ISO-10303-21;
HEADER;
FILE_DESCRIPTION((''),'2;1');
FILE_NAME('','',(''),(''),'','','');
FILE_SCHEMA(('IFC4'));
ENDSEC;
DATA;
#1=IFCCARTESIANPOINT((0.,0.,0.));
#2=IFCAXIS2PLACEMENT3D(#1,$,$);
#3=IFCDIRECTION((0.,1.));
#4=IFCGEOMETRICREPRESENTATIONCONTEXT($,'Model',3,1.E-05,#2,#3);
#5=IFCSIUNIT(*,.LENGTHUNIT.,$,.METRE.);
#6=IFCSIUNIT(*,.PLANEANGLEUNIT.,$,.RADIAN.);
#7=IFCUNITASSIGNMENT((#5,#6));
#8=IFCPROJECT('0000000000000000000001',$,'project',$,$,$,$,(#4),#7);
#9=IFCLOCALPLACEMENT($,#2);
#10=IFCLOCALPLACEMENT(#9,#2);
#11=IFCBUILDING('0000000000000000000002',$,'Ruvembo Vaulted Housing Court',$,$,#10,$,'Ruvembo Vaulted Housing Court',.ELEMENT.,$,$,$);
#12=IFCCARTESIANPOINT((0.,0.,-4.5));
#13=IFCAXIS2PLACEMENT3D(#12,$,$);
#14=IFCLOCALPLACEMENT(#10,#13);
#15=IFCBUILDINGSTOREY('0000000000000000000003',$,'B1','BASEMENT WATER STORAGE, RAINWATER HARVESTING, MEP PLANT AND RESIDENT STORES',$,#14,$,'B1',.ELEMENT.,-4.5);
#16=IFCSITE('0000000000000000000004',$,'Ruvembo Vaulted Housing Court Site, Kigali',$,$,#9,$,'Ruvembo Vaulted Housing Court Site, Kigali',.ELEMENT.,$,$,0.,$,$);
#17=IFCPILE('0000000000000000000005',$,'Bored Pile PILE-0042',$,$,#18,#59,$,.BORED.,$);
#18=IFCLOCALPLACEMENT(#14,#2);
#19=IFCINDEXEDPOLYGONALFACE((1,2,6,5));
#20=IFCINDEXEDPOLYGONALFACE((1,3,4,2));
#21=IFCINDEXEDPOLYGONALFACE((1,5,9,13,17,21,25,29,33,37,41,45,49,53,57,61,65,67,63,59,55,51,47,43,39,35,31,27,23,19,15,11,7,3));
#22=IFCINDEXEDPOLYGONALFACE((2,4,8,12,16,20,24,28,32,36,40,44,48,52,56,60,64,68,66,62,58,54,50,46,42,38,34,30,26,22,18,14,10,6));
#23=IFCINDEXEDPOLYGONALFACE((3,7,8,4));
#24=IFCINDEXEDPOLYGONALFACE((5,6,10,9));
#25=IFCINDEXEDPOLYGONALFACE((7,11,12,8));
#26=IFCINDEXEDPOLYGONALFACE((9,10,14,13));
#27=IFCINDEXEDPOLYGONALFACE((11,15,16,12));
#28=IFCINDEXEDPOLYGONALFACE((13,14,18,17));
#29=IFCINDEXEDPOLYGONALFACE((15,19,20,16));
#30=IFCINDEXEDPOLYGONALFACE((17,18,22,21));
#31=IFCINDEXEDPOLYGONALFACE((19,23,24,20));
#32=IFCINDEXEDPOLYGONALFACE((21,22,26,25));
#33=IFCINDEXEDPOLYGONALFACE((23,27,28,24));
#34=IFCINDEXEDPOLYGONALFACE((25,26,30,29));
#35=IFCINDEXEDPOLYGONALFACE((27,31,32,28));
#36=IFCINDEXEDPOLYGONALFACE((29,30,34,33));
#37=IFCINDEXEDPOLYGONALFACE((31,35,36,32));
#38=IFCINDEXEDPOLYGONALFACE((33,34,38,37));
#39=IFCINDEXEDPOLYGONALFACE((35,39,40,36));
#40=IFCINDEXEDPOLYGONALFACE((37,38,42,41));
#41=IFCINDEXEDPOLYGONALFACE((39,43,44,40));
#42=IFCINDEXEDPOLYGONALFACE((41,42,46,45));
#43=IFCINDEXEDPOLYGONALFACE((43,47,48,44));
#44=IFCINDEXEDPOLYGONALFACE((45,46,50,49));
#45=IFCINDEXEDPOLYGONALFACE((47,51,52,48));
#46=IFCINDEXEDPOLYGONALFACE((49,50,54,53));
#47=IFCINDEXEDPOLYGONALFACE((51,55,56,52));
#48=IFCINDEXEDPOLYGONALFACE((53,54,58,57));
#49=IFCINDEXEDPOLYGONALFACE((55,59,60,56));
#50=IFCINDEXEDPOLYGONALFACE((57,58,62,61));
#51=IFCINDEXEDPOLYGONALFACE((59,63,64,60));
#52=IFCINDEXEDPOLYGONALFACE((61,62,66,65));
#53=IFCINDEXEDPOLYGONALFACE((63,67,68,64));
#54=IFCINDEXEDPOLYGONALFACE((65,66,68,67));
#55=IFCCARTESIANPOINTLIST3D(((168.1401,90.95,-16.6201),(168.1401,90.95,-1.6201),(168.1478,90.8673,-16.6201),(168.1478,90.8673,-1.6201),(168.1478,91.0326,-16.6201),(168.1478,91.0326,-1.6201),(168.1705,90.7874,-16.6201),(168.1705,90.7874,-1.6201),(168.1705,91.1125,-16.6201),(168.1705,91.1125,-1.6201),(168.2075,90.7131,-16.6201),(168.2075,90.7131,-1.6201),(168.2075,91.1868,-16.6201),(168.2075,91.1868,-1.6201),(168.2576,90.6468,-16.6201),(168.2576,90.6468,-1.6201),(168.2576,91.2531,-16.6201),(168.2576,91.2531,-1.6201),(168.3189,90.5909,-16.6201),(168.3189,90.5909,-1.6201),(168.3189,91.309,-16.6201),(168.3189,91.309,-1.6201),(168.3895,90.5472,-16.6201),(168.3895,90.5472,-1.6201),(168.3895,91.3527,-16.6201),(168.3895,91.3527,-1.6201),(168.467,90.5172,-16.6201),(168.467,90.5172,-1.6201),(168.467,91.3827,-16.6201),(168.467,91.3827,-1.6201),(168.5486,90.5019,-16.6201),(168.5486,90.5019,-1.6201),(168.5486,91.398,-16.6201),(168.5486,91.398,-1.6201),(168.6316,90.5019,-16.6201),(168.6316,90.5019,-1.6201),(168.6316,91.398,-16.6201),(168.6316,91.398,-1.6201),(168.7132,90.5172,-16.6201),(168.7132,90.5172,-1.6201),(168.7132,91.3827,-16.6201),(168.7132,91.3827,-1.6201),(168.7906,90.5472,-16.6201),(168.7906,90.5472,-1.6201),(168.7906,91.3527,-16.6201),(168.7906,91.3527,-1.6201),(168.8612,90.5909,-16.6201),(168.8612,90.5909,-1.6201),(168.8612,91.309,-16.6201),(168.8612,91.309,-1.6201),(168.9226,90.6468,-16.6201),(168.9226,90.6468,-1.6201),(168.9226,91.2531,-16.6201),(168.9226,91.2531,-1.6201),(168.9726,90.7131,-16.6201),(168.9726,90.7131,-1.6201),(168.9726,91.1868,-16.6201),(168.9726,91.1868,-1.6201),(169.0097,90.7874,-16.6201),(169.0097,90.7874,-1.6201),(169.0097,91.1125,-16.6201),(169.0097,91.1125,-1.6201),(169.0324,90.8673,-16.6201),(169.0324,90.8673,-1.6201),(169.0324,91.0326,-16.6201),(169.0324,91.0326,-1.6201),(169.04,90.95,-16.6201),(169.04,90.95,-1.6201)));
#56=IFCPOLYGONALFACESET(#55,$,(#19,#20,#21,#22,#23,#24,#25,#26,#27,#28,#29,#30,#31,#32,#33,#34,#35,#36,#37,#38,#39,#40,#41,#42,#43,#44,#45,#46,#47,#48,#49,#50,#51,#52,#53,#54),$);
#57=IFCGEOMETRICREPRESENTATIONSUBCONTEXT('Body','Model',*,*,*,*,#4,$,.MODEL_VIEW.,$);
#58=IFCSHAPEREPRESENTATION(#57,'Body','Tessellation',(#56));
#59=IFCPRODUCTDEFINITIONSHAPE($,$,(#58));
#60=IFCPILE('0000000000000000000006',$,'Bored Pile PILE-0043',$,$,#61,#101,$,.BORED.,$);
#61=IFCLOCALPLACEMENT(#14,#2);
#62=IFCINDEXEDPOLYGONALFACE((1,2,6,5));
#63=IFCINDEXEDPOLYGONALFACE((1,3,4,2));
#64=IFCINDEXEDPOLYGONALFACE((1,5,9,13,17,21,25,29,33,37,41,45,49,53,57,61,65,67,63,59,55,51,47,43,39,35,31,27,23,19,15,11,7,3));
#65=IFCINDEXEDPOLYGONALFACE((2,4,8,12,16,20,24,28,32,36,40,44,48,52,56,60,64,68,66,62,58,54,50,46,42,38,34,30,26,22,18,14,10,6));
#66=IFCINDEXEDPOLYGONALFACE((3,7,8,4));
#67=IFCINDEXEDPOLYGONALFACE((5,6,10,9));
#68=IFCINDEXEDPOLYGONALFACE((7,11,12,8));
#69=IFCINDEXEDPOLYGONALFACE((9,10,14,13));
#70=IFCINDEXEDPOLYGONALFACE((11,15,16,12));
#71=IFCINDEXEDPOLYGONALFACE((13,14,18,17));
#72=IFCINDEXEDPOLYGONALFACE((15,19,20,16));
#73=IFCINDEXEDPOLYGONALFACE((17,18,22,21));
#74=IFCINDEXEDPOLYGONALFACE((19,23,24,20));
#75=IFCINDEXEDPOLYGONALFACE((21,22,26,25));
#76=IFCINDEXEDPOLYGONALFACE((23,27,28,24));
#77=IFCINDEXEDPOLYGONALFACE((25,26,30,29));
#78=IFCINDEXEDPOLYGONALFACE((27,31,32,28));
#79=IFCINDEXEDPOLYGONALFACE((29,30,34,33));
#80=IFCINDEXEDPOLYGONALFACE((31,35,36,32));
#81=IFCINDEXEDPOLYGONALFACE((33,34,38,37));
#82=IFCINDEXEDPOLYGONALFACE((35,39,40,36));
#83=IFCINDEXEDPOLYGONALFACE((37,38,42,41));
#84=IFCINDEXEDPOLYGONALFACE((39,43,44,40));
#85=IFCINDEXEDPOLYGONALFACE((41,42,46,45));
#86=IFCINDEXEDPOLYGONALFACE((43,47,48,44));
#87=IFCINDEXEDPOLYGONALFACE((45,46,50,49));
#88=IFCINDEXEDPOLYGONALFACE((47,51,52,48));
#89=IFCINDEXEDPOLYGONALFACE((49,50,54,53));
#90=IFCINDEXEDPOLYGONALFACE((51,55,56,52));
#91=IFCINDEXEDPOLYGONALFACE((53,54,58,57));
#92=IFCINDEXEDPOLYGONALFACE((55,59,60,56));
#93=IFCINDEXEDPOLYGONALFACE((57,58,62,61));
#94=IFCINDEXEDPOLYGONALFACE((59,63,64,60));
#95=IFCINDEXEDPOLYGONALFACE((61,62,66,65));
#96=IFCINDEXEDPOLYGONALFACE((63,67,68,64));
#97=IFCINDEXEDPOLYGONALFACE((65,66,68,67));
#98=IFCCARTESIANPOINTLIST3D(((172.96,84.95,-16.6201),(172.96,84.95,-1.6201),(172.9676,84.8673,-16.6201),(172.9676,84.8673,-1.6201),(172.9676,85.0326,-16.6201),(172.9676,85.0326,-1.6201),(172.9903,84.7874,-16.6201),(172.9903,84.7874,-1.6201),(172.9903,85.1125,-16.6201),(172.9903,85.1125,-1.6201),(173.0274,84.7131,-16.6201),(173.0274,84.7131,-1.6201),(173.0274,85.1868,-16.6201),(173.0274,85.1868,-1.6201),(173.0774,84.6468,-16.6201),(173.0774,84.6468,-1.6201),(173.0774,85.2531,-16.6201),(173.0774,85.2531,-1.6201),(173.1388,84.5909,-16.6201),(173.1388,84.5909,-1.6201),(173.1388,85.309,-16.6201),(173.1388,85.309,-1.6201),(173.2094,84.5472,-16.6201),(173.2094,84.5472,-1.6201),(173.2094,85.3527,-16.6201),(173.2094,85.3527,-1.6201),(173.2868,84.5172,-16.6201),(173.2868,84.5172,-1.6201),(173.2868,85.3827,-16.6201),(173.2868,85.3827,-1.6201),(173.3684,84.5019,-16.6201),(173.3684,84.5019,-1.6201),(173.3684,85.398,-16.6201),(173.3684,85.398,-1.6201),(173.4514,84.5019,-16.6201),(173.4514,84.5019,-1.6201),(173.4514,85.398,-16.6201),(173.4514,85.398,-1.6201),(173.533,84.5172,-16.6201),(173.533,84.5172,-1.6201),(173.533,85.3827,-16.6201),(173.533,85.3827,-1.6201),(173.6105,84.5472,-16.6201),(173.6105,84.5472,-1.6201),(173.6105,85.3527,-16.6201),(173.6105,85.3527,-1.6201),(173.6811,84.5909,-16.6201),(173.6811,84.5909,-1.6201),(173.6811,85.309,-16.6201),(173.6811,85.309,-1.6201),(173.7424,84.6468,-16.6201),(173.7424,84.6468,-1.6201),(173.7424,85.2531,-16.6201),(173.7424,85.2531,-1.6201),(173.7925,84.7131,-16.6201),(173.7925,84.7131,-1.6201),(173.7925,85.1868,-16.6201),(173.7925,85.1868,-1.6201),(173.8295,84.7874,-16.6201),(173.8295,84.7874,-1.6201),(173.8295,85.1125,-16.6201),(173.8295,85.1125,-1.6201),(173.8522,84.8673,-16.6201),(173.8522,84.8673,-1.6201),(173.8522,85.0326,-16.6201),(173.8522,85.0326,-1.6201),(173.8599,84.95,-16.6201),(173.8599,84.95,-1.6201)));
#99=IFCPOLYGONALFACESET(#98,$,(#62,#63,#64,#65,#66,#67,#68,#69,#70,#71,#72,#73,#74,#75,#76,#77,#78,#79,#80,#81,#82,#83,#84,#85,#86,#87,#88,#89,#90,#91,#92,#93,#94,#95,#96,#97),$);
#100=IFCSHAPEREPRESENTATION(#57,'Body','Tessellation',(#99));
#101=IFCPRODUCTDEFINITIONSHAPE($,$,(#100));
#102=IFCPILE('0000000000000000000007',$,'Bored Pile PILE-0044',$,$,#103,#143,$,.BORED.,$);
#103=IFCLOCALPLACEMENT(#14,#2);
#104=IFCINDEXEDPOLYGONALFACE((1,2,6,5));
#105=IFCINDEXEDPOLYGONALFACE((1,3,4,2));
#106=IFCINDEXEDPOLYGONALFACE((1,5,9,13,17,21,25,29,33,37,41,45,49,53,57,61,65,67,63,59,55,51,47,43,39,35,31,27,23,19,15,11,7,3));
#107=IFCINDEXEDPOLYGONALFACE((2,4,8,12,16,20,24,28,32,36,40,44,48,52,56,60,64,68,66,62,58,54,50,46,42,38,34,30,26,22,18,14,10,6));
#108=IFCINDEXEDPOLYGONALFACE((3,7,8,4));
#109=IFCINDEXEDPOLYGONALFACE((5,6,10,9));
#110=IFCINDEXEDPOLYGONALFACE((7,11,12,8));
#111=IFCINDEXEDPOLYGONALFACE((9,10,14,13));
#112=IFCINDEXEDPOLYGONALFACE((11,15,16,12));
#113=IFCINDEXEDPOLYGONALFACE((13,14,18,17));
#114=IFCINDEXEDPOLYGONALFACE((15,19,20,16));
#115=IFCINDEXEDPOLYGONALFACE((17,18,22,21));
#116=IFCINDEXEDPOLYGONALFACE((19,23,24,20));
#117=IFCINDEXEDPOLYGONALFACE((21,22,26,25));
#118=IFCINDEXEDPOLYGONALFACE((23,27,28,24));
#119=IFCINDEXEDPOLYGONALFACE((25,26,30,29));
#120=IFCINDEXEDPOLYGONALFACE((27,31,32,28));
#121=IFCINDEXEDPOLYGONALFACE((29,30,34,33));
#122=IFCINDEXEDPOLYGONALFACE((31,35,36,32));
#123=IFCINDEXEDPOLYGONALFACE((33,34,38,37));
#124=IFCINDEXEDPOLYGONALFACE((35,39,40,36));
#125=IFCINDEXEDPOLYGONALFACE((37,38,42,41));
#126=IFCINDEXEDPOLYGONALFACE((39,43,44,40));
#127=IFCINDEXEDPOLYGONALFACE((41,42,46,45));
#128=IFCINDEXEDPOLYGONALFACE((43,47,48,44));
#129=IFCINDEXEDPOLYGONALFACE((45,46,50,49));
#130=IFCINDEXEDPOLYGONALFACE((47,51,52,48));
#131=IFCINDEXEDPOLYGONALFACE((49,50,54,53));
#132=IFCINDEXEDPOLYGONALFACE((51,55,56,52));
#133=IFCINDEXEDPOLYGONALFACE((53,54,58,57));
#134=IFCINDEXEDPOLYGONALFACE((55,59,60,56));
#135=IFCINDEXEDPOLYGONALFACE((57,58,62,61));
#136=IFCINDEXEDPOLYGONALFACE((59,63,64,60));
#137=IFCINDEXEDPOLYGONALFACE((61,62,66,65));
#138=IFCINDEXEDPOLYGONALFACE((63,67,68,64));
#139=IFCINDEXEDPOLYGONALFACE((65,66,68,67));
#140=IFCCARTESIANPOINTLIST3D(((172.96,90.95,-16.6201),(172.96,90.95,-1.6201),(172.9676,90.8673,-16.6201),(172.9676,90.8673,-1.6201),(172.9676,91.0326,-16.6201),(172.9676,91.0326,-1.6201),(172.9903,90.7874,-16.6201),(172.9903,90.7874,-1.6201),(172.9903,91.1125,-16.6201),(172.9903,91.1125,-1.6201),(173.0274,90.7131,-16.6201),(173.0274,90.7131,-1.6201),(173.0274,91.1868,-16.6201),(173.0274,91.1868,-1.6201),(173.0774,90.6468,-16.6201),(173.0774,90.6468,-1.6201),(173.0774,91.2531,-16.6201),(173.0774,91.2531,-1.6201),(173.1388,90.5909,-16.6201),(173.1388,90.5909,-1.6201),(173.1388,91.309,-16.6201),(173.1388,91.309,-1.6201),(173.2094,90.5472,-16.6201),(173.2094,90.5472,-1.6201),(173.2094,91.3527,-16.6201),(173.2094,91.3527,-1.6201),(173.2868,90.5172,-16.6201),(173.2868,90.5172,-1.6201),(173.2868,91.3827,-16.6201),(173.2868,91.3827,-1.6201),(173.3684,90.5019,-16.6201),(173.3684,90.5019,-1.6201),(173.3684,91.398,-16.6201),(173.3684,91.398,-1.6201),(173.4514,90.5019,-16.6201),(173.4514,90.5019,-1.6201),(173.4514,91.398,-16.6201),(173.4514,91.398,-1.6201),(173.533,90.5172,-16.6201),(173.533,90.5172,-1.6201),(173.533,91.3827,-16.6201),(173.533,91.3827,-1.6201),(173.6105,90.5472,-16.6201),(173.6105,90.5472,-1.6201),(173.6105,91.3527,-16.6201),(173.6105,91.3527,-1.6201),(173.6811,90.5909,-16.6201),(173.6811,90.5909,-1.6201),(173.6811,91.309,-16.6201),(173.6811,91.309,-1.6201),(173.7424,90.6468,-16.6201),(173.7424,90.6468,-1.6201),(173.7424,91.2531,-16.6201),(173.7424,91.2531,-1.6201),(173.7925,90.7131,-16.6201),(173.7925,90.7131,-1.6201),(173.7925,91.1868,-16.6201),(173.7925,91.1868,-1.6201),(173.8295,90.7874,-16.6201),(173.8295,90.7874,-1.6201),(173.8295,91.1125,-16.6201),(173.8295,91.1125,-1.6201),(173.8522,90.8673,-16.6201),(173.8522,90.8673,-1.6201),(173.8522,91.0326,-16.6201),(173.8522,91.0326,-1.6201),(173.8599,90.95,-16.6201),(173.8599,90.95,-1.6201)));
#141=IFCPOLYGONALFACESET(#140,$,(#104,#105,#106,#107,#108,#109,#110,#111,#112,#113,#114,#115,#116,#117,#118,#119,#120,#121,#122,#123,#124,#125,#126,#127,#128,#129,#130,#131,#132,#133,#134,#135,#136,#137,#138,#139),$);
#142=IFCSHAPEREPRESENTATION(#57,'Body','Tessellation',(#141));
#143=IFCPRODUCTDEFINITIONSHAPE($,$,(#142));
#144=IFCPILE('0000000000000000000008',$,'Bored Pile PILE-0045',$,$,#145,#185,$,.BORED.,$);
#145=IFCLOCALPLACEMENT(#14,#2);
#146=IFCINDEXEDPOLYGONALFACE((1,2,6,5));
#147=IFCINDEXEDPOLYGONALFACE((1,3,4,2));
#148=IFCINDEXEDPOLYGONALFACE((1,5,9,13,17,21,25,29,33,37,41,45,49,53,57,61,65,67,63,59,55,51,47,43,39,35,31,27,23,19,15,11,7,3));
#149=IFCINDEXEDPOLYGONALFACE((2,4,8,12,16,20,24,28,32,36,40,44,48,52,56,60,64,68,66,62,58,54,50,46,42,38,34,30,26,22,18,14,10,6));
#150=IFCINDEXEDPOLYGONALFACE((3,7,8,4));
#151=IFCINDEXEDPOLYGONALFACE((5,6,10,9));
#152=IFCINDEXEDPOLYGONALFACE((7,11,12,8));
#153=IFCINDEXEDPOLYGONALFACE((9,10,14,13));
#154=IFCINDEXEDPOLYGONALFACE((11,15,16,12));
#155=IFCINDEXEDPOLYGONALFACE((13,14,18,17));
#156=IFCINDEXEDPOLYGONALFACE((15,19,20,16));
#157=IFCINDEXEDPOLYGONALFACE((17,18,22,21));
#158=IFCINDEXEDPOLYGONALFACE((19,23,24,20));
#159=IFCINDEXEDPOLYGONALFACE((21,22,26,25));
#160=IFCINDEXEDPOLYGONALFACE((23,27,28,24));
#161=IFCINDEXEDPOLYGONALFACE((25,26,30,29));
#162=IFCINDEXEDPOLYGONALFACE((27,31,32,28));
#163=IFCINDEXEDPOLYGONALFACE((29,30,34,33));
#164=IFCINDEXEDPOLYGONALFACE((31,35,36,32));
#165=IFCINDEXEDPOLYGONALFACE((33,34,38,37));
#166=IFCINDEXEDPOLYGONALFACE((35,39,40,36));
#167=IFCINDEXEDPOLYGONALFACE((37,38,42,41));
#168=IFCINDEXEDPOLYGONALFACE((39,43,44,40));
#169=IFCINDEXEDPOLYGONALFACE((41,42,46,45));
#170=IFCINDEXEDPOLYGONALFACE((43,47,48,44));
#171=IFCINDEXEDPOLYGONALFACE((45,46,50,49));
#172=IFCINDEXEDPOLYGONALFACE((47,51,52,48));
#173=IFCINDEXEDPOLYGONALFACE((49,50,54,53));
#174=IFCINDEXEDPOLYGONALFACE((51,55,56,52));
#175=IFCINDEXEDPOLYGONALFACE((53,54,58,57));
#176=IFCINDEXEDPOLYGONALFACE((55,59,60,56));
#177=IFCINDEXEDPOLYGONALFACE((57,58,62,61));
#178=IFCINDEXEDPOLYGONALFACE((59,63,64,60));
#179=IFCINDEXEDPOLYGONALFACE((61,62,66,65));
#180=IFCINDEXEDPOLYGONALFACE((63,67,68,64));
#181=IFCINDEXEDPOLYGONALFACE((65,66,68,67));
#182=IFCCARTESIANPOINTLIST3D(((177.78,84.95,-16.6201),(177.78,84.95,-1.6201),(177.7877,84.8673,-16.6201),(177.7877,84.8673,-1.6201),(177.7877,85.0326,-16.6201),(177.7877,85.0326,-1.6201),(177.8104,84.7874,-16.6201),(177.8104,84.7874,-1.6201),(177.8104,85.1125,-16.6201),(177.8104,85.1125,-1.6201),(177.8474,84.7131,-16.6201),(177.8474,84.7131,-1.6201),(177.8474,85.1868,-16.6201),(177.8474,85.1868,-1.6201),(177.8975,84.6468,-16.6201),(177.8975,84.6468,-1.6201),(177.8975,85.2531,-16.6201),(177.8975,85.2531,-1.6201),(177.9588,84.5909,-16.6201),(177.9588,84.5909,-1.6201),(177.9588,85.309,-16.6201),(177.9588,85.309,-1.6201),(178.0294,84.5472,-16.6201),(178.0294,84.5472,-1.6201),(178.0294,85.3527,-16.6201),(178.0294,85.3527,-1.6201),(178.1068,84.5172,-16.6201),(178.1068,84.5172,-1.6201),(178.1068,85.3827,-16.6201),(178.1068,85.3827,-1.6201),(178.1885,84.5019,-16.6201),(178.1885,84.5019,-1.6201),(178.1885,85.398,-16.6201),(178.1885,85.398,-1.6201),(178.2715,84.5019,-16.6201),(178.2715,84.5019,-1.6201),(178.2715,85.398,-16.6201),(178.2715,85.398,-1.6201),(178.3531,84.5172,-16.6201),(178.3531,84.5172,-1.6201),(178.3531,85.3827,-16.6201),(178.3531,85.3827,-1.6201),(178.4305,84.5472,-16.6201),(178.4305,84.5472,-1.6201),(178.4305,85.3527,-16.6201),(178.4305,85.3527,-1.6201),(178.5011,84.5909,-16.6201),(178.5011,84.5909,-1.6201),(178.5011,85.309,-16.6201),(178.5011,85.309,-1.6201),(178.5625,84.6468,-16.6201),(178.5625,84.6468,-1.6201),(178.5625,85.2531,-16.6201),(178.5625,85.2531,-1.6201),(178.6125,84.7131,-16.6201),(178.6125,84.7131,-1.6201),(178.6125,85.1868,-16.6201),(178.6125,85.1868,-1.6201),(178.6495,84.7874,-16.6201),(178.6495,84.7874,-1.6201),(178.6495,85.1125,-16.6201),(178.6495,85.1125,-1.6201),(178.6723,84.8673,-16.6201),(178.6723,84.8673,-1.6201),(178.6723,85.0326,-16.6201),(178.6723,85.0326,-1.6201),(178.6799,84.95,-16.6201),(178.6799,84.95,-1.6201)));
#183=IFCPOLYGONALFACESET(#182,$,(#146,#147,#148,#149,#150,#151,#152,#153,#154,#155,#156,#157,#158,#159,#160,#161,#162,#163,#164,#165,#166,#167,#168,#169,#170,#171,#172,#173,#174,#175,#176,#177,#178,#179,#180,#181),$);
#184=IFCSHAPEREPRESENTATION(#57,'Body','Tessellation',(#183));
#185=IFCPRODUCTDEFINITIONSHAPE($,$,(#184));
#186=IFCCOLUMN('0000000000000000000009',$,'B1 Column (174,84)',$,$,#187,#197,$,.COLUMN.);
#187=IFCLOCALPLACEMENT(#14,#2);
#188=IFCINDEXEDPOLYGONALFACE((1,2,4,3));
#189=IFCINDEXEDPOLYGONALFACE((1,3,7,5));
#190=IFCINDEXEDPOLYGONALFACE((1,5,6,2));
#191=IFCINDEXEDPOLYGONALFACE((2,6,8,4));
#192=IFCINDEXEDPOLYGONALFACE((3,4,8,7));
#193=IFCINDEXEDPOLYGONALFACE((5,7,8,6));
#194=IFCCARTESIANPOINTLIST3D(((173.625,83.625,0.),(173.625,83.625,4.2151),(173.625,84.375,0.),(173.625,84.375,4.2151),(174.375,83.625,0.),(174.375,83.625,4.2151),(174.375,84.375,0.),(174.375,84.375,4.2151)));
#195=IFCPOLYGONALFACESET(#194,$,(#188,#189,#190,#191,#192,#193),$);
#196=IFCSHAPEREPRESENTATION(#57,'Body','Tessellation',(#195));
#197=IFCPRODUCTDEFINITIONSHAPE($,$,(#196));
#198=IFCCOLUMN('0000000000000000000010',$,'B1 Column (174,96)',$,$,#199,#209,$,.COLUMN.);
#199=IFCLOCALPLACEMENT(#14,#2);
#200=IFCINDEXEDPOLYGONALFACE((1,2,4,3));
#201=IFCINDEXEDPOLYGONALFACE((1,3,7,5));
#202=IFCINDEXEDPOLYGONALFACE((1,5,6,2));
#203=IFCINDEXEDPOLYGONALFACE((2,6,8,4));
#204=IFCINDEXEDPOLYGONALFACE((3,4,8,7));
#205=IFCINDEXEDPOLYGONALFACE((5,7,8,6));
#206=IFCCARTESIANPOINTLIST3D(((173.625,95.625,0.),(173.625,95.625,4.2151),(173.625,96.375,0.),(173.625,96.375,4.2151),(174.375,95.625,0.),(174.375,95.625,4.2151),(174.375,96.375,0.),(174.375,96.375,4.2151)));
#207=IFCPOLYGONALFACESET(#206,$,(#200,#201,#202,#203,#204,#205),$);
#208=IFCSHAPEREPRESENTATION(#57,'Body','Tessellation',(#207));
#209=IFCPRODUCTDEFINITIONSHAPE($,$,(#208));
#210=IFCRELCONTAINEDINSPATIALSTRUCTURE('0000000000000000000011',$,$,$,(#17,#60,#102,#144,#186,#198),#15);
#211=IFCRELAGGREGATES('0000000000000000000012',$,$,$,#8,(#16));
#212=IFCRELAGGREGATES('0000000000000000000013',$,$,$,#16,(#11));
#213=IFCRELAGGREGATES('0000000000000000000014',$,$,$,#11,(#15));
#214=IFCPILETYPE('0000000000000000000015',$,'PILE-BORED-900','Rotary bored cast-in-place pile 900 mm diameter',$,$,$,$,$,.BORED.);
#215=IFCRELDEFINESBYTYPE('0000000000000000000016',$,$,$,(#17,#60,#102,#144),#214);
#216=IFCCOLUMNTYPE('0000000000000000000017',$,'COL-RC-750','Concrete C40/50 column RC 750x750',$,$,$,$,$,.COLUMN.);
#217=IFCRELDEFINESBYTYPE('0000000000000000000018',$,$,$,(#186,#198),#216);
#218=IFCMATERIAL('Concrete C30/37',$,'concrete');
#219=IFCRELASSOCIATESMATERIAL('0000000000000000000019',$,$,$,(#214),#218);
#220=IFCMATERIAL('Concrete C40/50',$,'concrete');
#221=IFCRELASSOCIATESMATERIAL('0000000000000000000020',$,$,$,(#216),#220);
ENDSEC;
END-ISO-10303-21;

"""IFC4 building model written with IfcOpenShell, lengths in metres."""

from ifc_helpers import new_model, si_unit, direction, frame, origin, origin_2d, place, context, subcontext, project, spatial, rectangle, circle, extrude, material, material_profile, profile_set, type_object, element, save


model = new_model("IFC4")

# Units and contexts
model_context = context("Model", 3, precision=1e-05, world=origin(), true_north=direction((0.0, 1.0)))
body_context = subcontext(model_context, "Body", "Model", "MODEL_VIEW")
ifc_project = project(units=[si_unit("LENGTHUNIT", "METRE"), si_unit("PLANEANGLEUNIT", "RADIAN")], contexts=[model_context])

# Site, building, storey
site_placement = place(None, origin())
site = spatial("IfcSite", under=ifc_project, at=site_placement, Name="Ruvembo Vaulted Housing Court Site, Kigali", LongName="Ruvembo Vaulted Housing Court Site, Kigali", CompositionType="ELEMENT", RefElevation=0.0)
building_placement = place(site_placement, origin())
building = spatial("IfcBuilding", under=site, at=building_placement, Name="Ruvembo Vaulted Housing Court", LongName="Ruvembo Vaulted Housing Court", CompositionType="ELEMENT")
storey_placement = place(building_placement, frame((0.0, 0.0, -4.5)))
storey = spatial("IfcBuildingStorey", under=building, at=storey_placement, Name="B1", Description="BASEMENT WATER STORAGE, RAINWATER HARVESTING, MEP PLANT AND RESIDENT STORES", LongName="B1", CompositionType="ELEMENT", Elevation=-4.5)

# Piles
ifc_material_1 = material(Name="Concrete C30/37", Category="concrete")
ifc_material_profile_1 = material_profile(ifc_material_1, circle(Radius=0.45, at=origin_2d()), Name="PILE D900")
ifc_profile_set_1 = profile_set([ifc_material_profile_1], Name="Concrete C30/37")
pile_type_1 = type_object("IfcPileType", Name="PILE-BORED-900", Description="Rotary bored cast-in-place pile 900 mm diameter", PredefinedType="BORED", material=ifc_profile_set_1)
for number, where, z_axis, x_axis, name in (
    (1, (168.5901, 90.95, -1.6201), (0.0, 0.0, -1.0), (1.0, 0.0, 0.0), "Bored Pile PILE-0042"),
    (2, (173.4099, 84.95, -1.6201), (0.0, 0.0, -1.0), (1.0, 0.0, 0.0), "Bored Pile PILE-0043"),
    (3, (173.4099, 90.95, -1.6201), (0.0, 0.0, -1.0), (1.0, 0.0, 0.0), "Bored Pile PILE-0044"),
    (4, (178.23, 84.95, -1.6201), (0.0, 0.0, -1.0), (1.0, 0.0, 0.0), "Bored Pile PILE-0045"),
):
    element("IfcPile", number, at=place(storey_placement, frame(where, z_axis=z_axis, x_axis=x_axis)), inside=storey, type_object=pile_type_1, Name=name, PredefinedType="BORED", context=body_context, shape_type="SweptSolid", body=[
        extrude(circle(Radius=0.45, at=origin_2d()), origin(), (0.0, 0.0, 1.0), 15.0),
    ])

# Columns
ifc_material_2 = material(Name="Concrete C40/50", Category="concrete")
ifc_material_profile_2 = material_profile(ifc_material_2, rectangle(XDim=0.75, YDim=0.75, at=origin_2d()), Name="RC 750x750")
ifc_profile_set_2 = profile_set([ifc_material_profile_2], Name="Concrete C40/50")
column_type = type_object("IfcColumnType", Name="COL-RC-750", Description="Concrete C40/50 column RC 750x750", PredefinedType="COLUMN", material=ifc_profile_set_2)
for number, where, z_axis, x_axis, name in (
    (5, (174.0, 84.0, 0.0), (0.0, 0.0, 1.0), (1.0, 0.0, 0.0), "B1 Column (174,84)"),
    (6, (174.0, 96.0, 0.0), (0.0, 0.0, 1.0), (1.0, 0.0, 0.0), "B1 Column (174,96)"),
):
    element("IfcColumn", number, at=place(storey_placement, frame(where, z_axis=z_axis, x_axis=x_axis)), inside=storey, type_object=column_type, Name=name, PredefinedType="COLUMN", context=body_context, shape_type="SweptSolid", body=[
        extrude(rectangle(XDim=0.75, YDim=0.75, at=origin_2d()), origin(), (0.0, 0.0, 1.0), 4.2151),
    ])

save(model, "model.ifc")
